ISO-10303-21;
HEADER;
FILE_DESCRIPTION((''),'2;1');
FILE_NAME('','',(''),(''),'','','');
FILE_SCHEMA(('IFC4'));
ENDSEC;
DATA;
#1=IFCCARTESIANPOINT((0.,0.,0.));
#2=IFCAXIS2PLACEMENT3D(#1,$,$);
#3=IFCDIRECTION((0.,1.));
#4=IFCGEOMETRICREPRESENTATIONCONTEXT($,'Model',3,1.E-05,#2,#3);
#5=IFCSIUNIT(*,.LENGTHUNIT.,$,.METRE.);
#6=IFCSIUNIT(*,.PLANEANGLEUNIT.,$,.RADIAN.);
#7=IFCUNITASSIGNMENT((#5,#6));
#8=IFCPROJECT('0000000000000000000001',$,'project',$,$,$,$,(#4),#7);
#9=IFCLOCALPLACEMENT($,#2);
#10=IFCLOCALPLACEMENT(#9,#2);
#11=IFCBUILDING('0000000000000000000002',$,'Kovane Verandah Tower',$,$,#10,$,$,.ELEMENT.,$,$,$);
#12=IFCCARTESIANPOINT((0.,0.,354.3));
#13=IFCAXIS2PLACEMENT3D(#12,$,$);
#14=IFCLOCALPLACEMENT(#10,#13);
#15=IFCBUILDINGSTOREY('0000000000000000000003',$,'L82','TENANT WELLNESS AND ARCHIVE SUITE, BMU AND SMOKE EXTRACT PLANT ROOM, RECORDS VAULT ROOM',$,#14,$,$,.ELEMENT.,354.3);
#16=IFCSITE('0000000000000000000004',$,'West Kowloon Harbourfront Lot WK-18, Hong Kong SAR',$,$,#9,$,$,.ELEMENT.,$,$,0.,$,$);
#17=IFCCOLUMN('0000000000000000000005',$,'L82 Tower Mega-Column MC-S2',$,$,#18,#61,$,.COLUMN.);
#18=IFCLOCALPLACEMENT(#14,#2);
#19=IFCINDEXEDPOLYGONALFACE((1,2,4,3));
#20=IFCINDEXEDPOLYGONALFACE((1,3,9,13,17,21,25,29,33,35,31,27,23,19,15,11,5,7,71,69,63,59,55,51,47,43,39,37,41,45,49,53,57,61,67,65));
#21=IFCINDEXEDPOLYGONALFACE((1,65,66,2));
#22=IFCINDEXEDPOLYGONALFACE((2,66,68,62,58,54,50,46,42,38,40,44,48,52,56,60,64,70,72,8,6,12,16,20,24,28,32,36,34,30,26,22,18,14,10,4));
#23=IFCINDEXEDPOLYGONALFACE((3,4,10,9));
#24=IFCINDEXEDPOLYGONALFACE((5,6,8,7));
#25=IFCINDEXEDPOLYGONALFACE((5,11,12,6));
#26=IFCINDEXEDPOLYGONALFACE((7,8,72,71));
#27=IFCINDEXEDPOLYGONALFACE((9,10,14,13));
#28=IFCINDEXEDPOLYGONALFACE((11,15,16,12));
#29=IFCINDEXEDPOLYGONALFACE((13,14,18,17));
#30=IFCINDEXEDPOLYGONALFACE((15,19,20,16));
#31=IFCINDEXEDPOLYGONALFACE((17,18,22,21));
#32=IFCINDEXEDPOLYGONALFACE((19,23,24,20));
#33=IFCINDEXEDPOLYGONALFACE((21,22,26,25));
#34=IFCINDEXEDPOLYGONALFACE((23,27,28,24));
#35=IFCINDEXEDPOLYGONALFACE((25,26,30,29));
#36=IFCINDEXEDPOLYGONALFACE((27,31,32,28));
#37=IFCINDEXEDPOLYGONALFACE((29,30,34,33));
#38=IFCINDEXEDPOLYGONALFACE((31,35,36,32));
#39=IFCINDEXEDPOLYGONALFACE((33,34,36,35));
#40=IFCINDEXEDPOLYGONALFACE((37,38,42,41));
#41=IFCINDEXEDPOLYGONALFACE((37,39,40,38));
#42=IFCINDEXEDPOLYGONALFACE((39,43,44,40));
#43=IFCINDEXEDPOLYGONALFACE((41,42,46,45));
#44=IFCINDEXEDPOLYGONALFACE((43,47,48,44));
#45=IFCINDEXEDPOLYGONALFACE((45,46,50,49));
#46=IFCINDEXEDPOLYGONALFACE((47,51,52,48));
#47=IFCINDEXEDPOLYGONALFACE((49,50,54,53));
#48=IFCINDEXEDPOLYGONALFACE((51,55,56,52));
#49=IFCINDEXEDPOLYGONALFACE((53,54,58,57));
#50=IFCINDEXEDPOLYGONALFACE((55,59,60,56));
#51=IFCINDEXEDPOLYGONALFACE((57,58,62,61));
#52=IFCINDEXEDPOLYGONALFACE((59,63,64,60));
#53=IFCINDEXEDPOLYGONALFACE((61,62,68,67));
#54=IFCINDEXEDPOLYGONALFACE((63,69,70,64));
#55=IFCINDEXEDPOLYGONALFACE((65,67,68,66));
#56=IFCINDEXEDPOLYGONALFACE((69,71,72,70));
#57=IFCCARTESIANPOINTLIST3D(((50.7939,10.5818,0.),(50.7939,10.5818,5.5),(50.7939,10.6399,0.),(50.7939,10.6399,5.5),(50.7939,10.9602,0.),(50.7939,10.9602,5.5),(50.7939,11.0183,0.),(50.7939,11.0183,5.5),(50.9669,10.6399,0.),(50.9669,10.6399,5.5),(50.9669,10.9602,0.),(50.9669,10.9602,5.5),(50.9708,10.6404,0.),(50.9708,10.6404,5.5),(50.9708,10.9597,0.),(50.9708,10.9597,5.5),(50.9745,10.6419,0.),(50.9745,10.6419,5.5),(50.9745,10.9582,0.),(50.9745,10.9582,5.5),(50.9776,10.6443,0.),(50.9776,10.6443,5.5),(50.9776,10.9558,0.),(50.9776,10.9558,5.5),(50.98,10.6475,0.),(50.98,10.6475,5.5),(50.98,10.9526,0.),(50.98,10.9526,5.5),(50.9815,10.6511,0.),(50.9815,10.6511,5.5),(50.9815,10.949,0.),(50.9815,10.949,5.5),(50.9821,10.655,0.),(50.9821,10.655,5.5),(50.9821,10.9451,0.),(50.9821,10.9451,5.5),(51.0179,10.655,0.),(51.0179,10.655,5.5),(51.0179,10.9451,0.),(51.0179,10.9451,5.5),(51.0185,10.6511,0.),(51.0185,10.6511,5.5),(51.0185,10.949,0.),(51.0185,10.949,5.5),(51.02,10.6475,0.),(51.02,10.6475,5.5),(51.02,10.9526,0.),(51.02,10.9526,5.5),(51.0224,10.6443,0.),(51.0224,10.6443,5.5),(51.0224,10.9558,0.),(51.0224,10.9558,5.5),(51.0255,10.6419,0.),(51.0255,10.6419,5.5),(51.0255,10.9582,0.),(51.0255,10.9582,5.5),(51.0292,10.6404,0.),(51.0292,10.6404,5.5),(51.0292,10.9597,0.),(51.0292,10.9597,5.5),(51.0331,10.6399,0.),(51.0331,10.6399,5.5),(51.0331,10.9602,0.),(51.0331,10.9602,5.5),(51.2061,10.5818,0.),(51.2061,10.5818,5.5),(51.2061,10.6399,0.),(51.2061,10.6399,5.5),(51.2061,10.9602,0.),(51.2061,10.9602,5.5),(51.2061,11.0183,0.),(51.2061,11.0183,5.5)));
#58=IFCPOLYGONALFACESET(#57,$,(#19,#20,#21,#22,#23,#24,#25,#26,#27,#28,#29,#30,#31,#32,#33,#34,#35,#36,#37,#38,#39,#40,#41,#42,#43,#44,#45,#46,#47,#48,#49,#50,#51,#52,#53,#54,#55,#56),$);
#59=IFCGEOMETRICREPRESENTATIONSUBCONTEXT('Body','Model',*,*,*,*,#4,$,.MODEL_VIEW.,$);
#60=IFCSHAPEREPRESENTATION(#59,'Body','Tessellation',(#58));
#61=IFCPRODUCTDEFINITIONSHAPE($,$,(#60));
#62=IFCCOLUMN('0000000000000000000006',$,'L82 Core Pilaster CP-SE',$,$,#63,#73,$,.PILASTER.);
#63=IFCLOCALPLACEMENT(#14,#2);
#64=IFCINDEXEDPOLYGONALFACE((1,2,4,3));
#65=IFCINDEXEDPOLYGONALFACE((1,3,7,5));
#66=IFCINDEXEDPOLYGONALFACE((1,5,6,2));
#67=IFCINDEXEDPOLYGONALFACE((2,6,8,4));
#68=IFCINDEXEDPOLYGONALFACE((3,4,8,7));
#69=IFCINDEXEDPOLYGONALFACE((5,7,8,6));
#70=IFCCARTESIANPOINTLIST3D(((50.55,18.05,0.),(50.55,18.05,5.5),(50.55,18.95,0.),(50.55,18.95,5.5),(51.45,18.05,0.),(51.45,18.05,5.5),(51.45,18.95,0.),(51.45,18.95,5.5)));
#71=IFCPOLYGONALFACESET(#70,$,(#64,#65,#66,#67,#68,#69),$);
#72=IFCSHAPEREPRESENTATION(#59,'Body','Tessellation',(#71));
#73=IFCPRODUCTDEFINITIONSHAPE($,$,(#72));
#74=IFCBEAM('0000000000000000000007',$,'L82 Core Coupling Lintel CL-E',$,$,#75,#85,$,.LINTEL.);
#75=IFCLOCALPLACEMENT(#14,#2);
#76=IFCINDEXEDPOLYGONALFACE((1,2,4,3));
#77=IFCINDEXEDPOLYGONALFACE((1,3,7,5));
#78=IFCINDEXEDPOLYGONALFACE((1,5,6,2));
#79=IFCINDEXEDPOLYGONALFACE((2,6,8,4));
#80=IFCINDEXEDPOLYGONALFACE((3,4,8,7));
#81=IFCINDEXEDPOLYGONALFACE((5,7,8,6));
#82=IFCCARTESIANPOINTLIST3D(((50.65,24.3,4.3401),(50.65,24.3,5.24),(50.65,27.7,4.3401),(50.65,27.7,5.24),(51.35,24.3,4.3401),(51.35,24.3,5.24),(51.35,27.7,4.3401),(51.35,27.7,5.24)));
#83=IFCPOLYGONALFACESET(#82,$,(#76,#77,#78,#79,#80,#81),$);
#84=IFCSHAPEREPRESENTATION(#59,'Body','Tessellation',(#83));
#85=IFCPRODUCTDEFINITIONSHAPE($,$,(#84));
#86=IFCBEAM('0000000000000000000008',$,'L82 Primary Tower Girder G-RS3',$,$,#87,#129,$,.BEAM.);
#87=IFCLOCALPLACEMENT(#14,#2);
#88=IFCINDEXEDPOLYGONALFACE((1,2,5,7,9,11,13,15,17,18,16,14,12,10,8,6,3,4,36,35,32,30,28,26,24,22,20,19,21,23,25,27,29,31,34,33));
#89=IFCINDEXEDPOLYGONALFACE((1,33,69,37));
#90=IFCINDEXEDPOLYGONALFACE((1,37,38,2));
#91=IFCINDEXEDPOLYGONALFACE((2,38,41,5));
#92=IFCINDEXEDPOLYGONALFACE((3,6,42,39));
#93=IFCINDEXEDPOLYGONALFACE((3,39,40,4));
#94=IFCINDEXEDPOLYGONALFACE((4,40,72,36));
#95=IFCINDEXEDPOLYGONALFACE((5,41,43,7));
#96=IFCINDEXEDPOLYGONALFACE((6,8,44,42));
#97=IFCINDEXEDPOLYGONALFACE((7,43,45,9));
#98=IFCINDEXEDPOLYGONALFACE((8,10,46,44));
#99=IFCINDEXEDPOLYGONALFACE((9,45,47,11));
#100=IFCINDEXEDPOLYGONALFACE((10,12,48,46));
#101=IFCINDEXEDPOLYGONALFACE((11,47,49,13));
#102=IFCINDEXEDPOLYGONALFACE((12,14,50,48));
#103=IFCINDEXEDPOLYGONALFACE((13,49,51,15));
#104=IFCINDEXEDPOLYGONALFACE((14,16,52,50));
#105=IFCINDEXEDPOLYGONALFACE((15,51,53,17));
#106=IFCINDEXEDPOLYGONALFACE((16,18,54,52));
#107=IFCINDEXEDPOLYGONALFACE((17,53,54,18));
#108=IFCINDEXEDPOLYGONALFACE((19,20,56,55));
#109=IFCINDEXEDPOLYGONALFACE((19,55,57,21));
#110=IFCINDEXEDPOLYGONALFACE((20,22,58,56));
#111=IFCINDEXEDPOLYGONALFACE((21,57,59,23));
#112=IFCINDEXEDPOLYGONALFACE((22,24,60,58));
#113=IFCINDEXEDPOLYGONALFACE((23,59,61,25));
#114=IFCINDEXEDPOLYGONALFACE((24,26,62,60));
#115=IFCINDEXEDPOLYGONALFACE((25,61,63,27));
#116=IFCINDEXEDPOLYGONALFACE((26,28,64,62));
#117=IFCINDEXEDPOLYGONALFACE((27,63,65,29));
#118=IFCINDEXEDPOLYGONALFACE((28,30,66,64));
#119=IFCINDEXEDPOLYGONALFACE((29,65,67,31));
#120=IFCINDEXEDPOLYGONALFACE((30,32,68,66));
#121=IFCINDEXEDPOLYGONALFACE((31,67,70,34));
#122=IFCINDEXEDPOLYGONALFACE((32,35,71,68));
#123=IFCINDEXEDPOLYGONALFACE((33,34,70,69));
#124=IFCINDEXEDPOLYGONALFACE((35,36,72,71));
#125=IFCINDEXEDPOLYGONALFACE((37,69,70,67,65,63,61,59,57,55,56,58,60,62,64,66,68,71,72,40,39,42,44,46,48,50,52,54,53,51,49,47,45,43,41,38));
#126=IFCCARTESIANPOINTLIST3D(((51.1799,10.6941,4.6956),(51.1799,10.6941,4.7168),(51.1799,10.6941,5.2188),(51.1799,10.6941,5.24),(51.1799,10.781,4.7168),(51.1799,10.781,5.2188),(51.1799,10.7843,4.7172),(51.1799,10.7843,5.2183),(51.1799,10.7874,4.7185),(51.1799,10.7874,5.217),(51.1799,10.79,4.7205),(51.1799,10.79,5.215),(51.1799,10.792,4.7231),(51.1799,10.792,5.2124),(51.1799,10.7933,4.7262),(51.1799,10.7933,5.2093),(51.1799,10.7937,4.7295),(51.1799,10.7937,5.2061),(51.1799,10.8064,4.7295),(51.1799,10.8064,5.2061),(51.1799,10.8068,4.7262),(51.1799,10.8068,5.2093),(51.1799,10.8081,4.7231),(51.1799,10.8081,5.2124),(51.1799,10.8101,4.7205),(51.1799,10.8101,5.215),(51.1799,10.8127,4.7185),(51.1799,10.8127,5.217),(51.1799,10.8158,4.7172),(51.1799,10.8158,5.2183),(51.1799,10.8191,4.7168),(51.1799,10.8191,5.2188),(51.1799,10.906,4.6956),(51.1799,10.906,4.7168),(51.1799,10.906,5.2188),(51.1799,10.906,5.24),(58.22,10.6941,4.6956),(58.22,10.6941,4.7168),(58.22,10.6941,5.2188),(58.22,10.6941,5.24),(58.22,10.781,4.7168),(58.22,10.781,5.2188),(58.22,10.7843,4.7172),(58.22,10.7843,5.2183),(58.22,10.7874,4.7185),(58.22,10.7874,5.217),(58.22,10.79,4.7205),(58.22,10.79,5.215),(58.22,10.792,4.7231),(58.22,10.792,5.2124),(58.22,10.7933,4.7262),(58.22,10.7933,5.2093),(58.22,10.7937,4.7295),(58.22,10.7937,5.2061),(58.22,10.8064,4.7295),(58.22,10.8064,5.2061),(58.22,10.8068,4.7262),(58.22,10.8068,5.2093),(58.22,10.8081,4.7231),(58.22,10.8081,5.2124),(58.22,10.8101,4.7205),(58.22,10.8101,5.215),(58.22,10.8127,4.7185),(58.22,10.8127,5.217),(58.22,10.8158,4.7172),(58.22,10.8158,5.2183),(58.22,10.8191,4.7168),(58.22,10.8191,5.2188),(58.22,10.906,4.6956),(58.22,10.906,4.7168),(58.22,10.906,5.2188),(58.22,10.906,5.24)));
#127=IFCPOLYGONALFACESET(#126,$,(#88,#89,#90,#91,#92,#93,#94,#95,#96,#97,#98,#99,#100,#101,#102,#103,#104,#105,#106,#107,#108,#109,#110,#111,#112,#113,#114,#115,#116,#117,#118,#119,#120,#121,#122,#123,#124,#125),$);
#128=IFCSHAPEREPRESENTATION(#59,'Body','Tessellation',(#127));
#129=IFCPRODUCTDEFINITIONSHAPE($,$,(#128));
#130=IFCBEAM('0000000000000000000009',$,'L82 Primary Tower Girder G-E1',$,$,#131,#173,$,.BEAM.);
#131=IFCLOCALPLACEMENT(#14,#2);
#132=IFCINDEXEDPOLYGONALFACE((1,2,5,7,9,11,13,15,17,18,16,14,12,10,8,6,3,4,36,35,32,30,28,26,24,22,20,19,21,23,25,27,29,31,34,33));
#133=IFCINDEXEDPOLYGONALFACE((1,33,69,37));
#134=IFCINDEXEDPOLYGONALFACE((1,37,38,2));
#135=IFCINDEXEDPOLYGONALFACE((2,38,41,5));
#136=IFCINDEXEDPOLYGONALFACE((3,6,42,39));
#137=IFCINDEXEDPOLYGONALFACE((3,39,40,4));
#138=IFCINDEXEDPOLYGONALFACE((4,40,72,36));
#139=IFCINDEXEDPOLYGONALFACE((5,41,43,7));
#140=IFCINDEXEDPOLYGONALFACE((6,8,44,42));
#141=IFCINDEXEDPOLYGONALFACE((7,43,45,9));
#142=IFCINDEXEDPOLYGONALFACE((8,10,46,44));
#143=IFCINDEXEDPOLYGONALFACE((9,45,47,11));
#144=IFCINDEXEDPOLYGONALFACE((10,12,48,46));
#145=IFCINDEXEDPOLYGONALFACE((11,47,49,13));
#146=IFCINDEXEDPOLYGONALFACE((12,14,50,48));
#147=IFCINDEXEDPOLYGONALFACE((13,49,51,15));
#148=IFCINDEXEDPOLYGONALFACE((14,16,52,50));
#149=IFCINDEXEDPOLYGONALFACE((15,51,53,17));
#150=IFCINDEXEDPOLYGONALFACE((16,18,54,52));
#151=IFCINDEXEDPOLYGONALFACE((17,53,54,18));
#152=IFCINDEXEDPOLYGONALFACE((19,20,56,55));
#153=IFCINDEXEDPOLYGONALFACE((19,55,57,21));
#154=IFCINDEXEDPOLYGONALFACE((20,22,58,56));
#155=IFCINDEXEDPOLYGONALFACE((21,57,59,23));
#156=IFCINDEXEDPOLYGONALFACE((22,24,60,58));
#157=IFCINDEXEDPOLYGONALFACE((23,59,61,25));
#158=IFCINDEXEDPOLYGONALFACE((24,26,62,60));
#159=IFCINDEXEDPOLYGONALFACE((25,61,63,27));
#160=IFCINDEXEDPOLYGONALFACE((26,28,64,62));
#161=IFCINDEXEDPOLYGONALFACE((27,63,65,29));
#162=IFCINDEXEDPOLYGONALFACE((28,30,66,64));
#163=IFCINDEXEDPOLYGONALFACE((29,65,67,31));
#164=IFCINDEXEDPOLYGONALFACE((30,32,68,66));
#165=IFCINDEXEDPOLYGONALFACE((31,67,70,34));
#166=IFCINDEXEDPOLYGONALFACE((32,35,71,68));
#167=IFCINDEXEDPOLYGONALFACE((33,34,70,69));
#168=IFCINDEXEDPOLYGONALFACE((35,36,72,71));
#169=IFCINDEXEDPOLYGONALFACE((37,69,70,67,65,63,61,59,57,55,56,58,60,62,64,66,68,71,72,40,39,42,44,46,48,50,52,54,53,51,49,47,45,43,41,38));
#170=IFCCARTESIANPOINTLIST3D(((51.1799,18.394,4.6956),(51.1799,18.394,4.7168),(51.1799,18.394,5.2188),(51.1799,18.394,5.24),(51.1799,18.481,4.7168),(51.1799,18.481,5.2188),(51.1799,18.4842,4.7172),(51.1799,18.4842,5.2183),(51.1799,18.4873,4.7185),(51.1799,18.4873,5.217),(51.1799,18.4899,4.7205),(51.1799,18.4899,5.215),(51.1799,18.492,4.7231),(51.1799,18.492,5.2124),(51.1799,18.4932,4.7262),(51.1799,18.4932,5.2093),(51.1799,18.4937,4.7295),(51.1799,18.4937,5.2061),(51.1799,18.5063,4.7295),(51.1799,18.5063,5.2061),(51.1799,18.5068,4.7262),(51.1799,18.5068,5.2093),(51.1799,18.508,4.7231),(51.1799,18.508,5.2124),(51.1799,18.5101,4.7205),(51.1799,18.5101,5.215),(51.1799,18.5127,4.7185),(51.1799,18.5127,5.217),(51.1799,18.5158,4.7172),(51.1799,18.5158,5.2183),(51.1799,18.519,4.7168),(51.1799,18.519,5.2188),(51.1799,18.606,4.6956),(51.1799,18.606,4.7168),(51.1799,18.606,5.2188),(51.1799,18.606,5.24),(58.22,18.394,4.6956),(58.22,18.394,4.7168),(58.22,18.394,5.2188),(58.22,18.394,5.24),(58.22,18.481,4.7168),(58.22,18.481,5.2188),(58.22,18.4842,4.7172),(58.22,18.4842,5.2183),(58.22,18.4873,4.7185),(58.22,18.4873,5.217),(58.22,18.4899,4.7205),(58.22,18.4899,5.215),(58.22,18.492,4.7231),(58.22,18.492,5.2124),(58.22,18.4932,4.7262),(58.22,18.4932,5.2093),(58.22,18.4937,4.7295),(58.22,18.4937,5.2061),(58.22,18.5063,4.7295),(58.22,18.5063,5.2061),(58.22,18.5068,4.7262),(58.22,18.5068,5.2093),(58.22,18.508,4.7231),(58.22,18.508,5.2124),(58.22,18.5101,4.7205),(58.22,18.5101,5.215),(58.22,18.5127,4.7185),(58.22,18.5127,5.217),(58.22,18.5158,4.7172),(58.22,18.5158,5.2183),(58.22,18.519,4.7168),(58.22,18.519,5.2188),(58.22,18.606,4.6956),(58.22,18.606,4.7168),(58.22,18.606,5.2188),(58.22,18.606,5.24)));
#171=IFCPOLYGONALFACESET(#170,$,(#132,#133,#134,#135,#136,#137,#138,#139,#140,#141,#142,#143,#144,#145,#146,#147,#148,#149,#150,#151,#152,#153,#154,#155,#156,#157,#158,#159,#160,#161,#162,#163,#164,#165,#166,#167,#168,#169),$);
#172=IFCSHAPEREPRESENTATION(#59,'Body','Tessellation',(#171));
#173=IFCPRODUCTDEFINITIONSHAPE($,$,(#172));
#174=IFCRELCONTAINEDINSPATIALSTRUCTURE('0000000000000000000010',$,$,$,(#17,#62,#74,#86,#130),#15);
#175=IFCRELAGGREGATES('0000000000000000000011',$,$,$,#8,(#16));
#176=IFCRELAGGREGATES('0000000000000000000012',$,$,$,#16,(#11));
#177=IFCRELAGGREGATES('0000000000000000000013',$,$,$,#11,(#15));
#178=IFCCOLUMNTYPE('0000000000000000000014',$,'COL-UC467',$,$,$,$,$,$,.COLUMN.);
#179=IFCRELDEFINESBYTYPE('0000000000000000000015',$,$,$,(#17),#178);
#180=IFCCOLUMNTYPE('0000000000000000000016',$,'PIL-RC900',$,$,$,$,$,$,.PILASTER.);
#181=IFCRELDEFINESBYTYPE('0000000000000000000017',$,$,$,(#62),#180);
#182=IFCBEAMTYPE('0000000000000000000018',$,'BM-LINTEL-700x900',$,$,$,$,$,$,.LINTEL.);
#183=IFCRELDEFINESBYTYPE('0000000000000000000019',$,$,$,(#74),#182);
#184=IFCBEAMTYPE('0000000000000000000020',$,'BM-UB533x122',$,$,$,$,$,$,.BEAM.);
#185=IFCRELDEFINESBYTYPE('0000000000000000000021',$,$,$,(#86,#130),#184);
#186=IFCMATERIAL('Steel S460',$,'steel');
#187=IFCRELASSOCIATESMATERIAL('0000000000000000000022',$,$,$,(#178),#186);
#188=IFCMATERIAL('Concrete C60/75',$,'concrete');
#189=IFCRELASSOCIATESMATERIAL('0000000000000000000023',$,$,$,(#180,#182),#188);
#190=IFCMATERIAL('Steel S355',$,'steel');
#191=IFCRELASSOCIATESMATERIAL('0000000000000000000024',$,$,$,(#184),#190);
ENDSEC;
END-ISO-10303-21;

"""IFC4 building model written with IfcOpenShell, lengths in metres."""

from ifc_helpers import new_model, si_unit, direction, frame, origin, origin_2d, place, context, subcontext, project, spatial, rectangle, i_section, extrude, material, material_profile, profile_set, type_object, element, save


model = new_model("IFC4")

# Units and contexts
model_context = context("Model", 3, precision=1e-05, world=origin(), true_north=direction((0.0, 1.0)))
body_context = subcontext(model_context, "Body", "Model", "MODEL_VIEW")
ifc_project = project(units=[si_unit("LENGTHUNIT", "METRE"), si_unit("PLANEANGLEUNIT", "RADIAN")], contexts=[model_context])

# Site, building, storey
site_placement = place(None, origin())
site = spatial("IfcSite", under=ifc_project, at=site_placement, Name="West Kowloon Harbourfront Lot WK-18, Hong Kong SAR", CompositionType="ELEMENT", RefElevation=0.0)
building_placement = place(site_placement, origin())
building = spatial("IfcBuilding", under=site, at=building_placement, Name="Kovane Verandah Tower", CompositionType="ELEMENT")
storey_placement = place(building_placement, frame((0.0, 0.0, 354.3)))
storey = spatial("IfcBuildingStorey", under=building, at=storey_placement, Name="L82", Description="TENANT WELLNESS AND ARCHIVE SUITE, BMU AND SMOKE EXTRACT PLANT ROOM, RECORDS VAULT ROOM", CompositionType="ELEMENT", Elevation=354.3)

# Columns
ifc_material_1 = material(Name="Steel S460", Category="steel")
ifc_material_profile_1 = material_profile(ifc_material_1, i_section(OverallWidth=0.4121, OverallDepth=0.4365, WebThickness=0.0359, FlangeThickness=0.0581, FilletRadius=0.0151, at=origin_2d()), Name="UC356x406x467")
ifc_profile_set_1 = profile_set([ifc_material_profile_1], Name="Steel S460")
column_type_1 = type_object("IfcColumnType", Name="COL-UC467", PredefinedType="COLUMN", material=ifc_profile_set_1)
column_1_placement = place(storey_placement, frame((51.0, 10.8, 0.0), z_axis=(0.0, 0.0, 1.0), x_axis=(1.0, 0.0, 0.0)))
element("IfcColumn", 1, at=column_1_placement, inside=storey, type_object=column_type_1, Name="L82 Tower Mega-Column MC-S2", PredefinedType="COLUMN", context=body_context, shape_type="SweptSolid", body=[
    extrude(i_section(OverallWidth=0.4121, OverallDepth=0.4365, WebThickness=0.0359, FlangeThickness=0.0581, FilletRadius=0.0151, at=origin_2d()), origin(), (0.0, 0.0, 1.0), 5.5),
])
ifc_material_2 = material(Name="Concrete C60/75", Category="concrete")
ifc_material_profile_2 = material_profile(ifc_material_2, rectangle(XDim=0.8999, YDim=0.8999, at=origin_2d()), Name="RC900x900")
ifc_profile_set_2 = profile_set([ifc_material_profile_2], Name="Concrete C60/75")
column_type_2 = type_object("IfcColumnType", Name="PIL-RC900", PredefinedType="PILASTER", material=ifc_profile_set_2)
column_2_placement = place(storey_placement, frame((51.0, 18.5, 0.0), z_axis=(0.0, 0.0, 1.0), x_axis=(1.0, 0.0, 0.0)))
element("IfcColumn", 2, at=column_2_placement, inside=storey, type_object=column_type_2, Name="L82 Core Pilaster CP-SE", PredefinedType="PILASTER", context=body_context, shape_type="SweptSolid", body=[
    extrude(rectangle(XDim=0.8999, YDim=0.8999, at=origin_2d()), origin(), (0.0, 0.0, 1.0), 5.5),
])

# Beams
ifc_material_profile_3 = material_profile(ifc_material_2, rectangle(XDim=0.7, YDim=0.8999, at=origin_2d()), Name="RCB700x900")
ifc_profile_set_3 = profile_set([ifc_material_profile_3], Name="Concrete C60/75")
beam_type_1 = type_object("IfcBeamType", Name="BM-LINTEL-700x900", PredefinedType="LINTEL", material=ifc_profile_set_3)
beam_1_placement = place(storey_placement, frame((51.0, 24.3, 4.79), z_axis=(0.0, 1.0, 0.0), x_axis=(-1.0, 0.0, 0.0)))
element("IfcBeam", 3, at=beam_1_placement, inside=storey, type_object=beam_type_1, Name="L82 Core Coupling Lintel CL-E", PredefinedType="LINTEL", context=body_context, shape_type="SweptSolid", body=[
    extrude(rectangle(XDim=0.7, YDim=0.8999, at=origin_2d()), origin(), (0.0, 0.0, 1.0), 3.3999),
])
ifc_material_3 = material(Name="Steel S355", Category="steel")
ifc_material_profile_4 = material_profile(ifc_material_3, i_section(OverallWidth=0.2119, OverallDepth=0.5444, WebThickness=0.0127, FlangeThickness=0.0212, FilletRadius=0.0127, at=origin_2d()), Name="UB533x210x122")
ifc_profile_set_4 = profile_set([ifc_material_profile_4], Name="Steel S355")
beam_type_2 = type_object("IfcBeamType", Name="BM-UB533x122", PredefinedType="BEAM", material=ifc_profile_set_4)
for number, where, z_axis, x_axis, name in (
    (4, (51.1799, 10.8, 4.9678), (1.0, 0.0, 0.0), (0.0, 1.0, 0.0), "L82 Primary Tower Girder G-RS3"),
    (5, (51.1799, 18.5, 4.9678), (1.0, 0.0, 0.0), (0.0, 1.0, 0.0), "L82 Primary Tower Girder G-E1"),
):
    element("IfcBeam", number, at=place(storey_placement, frame(where, z_axis=z_axis, x_axis=x_axis)), inside=storey, type_object=beam_type_2, Name=name, PredefinedType="BEAM", context=body_context, shape_type="SweptSolid", body=[
        extrude(i_section(OverallWidth=0.2119, OverallDepth=0.5444, WebThickness=0.0127, FlangeThickness=0.0212, FilletRadius=0.0127, at=origin_2d()), origin(), (0.0, 0.0, 1.0), 7.04),
    ])

save(model, "model.ifc")
